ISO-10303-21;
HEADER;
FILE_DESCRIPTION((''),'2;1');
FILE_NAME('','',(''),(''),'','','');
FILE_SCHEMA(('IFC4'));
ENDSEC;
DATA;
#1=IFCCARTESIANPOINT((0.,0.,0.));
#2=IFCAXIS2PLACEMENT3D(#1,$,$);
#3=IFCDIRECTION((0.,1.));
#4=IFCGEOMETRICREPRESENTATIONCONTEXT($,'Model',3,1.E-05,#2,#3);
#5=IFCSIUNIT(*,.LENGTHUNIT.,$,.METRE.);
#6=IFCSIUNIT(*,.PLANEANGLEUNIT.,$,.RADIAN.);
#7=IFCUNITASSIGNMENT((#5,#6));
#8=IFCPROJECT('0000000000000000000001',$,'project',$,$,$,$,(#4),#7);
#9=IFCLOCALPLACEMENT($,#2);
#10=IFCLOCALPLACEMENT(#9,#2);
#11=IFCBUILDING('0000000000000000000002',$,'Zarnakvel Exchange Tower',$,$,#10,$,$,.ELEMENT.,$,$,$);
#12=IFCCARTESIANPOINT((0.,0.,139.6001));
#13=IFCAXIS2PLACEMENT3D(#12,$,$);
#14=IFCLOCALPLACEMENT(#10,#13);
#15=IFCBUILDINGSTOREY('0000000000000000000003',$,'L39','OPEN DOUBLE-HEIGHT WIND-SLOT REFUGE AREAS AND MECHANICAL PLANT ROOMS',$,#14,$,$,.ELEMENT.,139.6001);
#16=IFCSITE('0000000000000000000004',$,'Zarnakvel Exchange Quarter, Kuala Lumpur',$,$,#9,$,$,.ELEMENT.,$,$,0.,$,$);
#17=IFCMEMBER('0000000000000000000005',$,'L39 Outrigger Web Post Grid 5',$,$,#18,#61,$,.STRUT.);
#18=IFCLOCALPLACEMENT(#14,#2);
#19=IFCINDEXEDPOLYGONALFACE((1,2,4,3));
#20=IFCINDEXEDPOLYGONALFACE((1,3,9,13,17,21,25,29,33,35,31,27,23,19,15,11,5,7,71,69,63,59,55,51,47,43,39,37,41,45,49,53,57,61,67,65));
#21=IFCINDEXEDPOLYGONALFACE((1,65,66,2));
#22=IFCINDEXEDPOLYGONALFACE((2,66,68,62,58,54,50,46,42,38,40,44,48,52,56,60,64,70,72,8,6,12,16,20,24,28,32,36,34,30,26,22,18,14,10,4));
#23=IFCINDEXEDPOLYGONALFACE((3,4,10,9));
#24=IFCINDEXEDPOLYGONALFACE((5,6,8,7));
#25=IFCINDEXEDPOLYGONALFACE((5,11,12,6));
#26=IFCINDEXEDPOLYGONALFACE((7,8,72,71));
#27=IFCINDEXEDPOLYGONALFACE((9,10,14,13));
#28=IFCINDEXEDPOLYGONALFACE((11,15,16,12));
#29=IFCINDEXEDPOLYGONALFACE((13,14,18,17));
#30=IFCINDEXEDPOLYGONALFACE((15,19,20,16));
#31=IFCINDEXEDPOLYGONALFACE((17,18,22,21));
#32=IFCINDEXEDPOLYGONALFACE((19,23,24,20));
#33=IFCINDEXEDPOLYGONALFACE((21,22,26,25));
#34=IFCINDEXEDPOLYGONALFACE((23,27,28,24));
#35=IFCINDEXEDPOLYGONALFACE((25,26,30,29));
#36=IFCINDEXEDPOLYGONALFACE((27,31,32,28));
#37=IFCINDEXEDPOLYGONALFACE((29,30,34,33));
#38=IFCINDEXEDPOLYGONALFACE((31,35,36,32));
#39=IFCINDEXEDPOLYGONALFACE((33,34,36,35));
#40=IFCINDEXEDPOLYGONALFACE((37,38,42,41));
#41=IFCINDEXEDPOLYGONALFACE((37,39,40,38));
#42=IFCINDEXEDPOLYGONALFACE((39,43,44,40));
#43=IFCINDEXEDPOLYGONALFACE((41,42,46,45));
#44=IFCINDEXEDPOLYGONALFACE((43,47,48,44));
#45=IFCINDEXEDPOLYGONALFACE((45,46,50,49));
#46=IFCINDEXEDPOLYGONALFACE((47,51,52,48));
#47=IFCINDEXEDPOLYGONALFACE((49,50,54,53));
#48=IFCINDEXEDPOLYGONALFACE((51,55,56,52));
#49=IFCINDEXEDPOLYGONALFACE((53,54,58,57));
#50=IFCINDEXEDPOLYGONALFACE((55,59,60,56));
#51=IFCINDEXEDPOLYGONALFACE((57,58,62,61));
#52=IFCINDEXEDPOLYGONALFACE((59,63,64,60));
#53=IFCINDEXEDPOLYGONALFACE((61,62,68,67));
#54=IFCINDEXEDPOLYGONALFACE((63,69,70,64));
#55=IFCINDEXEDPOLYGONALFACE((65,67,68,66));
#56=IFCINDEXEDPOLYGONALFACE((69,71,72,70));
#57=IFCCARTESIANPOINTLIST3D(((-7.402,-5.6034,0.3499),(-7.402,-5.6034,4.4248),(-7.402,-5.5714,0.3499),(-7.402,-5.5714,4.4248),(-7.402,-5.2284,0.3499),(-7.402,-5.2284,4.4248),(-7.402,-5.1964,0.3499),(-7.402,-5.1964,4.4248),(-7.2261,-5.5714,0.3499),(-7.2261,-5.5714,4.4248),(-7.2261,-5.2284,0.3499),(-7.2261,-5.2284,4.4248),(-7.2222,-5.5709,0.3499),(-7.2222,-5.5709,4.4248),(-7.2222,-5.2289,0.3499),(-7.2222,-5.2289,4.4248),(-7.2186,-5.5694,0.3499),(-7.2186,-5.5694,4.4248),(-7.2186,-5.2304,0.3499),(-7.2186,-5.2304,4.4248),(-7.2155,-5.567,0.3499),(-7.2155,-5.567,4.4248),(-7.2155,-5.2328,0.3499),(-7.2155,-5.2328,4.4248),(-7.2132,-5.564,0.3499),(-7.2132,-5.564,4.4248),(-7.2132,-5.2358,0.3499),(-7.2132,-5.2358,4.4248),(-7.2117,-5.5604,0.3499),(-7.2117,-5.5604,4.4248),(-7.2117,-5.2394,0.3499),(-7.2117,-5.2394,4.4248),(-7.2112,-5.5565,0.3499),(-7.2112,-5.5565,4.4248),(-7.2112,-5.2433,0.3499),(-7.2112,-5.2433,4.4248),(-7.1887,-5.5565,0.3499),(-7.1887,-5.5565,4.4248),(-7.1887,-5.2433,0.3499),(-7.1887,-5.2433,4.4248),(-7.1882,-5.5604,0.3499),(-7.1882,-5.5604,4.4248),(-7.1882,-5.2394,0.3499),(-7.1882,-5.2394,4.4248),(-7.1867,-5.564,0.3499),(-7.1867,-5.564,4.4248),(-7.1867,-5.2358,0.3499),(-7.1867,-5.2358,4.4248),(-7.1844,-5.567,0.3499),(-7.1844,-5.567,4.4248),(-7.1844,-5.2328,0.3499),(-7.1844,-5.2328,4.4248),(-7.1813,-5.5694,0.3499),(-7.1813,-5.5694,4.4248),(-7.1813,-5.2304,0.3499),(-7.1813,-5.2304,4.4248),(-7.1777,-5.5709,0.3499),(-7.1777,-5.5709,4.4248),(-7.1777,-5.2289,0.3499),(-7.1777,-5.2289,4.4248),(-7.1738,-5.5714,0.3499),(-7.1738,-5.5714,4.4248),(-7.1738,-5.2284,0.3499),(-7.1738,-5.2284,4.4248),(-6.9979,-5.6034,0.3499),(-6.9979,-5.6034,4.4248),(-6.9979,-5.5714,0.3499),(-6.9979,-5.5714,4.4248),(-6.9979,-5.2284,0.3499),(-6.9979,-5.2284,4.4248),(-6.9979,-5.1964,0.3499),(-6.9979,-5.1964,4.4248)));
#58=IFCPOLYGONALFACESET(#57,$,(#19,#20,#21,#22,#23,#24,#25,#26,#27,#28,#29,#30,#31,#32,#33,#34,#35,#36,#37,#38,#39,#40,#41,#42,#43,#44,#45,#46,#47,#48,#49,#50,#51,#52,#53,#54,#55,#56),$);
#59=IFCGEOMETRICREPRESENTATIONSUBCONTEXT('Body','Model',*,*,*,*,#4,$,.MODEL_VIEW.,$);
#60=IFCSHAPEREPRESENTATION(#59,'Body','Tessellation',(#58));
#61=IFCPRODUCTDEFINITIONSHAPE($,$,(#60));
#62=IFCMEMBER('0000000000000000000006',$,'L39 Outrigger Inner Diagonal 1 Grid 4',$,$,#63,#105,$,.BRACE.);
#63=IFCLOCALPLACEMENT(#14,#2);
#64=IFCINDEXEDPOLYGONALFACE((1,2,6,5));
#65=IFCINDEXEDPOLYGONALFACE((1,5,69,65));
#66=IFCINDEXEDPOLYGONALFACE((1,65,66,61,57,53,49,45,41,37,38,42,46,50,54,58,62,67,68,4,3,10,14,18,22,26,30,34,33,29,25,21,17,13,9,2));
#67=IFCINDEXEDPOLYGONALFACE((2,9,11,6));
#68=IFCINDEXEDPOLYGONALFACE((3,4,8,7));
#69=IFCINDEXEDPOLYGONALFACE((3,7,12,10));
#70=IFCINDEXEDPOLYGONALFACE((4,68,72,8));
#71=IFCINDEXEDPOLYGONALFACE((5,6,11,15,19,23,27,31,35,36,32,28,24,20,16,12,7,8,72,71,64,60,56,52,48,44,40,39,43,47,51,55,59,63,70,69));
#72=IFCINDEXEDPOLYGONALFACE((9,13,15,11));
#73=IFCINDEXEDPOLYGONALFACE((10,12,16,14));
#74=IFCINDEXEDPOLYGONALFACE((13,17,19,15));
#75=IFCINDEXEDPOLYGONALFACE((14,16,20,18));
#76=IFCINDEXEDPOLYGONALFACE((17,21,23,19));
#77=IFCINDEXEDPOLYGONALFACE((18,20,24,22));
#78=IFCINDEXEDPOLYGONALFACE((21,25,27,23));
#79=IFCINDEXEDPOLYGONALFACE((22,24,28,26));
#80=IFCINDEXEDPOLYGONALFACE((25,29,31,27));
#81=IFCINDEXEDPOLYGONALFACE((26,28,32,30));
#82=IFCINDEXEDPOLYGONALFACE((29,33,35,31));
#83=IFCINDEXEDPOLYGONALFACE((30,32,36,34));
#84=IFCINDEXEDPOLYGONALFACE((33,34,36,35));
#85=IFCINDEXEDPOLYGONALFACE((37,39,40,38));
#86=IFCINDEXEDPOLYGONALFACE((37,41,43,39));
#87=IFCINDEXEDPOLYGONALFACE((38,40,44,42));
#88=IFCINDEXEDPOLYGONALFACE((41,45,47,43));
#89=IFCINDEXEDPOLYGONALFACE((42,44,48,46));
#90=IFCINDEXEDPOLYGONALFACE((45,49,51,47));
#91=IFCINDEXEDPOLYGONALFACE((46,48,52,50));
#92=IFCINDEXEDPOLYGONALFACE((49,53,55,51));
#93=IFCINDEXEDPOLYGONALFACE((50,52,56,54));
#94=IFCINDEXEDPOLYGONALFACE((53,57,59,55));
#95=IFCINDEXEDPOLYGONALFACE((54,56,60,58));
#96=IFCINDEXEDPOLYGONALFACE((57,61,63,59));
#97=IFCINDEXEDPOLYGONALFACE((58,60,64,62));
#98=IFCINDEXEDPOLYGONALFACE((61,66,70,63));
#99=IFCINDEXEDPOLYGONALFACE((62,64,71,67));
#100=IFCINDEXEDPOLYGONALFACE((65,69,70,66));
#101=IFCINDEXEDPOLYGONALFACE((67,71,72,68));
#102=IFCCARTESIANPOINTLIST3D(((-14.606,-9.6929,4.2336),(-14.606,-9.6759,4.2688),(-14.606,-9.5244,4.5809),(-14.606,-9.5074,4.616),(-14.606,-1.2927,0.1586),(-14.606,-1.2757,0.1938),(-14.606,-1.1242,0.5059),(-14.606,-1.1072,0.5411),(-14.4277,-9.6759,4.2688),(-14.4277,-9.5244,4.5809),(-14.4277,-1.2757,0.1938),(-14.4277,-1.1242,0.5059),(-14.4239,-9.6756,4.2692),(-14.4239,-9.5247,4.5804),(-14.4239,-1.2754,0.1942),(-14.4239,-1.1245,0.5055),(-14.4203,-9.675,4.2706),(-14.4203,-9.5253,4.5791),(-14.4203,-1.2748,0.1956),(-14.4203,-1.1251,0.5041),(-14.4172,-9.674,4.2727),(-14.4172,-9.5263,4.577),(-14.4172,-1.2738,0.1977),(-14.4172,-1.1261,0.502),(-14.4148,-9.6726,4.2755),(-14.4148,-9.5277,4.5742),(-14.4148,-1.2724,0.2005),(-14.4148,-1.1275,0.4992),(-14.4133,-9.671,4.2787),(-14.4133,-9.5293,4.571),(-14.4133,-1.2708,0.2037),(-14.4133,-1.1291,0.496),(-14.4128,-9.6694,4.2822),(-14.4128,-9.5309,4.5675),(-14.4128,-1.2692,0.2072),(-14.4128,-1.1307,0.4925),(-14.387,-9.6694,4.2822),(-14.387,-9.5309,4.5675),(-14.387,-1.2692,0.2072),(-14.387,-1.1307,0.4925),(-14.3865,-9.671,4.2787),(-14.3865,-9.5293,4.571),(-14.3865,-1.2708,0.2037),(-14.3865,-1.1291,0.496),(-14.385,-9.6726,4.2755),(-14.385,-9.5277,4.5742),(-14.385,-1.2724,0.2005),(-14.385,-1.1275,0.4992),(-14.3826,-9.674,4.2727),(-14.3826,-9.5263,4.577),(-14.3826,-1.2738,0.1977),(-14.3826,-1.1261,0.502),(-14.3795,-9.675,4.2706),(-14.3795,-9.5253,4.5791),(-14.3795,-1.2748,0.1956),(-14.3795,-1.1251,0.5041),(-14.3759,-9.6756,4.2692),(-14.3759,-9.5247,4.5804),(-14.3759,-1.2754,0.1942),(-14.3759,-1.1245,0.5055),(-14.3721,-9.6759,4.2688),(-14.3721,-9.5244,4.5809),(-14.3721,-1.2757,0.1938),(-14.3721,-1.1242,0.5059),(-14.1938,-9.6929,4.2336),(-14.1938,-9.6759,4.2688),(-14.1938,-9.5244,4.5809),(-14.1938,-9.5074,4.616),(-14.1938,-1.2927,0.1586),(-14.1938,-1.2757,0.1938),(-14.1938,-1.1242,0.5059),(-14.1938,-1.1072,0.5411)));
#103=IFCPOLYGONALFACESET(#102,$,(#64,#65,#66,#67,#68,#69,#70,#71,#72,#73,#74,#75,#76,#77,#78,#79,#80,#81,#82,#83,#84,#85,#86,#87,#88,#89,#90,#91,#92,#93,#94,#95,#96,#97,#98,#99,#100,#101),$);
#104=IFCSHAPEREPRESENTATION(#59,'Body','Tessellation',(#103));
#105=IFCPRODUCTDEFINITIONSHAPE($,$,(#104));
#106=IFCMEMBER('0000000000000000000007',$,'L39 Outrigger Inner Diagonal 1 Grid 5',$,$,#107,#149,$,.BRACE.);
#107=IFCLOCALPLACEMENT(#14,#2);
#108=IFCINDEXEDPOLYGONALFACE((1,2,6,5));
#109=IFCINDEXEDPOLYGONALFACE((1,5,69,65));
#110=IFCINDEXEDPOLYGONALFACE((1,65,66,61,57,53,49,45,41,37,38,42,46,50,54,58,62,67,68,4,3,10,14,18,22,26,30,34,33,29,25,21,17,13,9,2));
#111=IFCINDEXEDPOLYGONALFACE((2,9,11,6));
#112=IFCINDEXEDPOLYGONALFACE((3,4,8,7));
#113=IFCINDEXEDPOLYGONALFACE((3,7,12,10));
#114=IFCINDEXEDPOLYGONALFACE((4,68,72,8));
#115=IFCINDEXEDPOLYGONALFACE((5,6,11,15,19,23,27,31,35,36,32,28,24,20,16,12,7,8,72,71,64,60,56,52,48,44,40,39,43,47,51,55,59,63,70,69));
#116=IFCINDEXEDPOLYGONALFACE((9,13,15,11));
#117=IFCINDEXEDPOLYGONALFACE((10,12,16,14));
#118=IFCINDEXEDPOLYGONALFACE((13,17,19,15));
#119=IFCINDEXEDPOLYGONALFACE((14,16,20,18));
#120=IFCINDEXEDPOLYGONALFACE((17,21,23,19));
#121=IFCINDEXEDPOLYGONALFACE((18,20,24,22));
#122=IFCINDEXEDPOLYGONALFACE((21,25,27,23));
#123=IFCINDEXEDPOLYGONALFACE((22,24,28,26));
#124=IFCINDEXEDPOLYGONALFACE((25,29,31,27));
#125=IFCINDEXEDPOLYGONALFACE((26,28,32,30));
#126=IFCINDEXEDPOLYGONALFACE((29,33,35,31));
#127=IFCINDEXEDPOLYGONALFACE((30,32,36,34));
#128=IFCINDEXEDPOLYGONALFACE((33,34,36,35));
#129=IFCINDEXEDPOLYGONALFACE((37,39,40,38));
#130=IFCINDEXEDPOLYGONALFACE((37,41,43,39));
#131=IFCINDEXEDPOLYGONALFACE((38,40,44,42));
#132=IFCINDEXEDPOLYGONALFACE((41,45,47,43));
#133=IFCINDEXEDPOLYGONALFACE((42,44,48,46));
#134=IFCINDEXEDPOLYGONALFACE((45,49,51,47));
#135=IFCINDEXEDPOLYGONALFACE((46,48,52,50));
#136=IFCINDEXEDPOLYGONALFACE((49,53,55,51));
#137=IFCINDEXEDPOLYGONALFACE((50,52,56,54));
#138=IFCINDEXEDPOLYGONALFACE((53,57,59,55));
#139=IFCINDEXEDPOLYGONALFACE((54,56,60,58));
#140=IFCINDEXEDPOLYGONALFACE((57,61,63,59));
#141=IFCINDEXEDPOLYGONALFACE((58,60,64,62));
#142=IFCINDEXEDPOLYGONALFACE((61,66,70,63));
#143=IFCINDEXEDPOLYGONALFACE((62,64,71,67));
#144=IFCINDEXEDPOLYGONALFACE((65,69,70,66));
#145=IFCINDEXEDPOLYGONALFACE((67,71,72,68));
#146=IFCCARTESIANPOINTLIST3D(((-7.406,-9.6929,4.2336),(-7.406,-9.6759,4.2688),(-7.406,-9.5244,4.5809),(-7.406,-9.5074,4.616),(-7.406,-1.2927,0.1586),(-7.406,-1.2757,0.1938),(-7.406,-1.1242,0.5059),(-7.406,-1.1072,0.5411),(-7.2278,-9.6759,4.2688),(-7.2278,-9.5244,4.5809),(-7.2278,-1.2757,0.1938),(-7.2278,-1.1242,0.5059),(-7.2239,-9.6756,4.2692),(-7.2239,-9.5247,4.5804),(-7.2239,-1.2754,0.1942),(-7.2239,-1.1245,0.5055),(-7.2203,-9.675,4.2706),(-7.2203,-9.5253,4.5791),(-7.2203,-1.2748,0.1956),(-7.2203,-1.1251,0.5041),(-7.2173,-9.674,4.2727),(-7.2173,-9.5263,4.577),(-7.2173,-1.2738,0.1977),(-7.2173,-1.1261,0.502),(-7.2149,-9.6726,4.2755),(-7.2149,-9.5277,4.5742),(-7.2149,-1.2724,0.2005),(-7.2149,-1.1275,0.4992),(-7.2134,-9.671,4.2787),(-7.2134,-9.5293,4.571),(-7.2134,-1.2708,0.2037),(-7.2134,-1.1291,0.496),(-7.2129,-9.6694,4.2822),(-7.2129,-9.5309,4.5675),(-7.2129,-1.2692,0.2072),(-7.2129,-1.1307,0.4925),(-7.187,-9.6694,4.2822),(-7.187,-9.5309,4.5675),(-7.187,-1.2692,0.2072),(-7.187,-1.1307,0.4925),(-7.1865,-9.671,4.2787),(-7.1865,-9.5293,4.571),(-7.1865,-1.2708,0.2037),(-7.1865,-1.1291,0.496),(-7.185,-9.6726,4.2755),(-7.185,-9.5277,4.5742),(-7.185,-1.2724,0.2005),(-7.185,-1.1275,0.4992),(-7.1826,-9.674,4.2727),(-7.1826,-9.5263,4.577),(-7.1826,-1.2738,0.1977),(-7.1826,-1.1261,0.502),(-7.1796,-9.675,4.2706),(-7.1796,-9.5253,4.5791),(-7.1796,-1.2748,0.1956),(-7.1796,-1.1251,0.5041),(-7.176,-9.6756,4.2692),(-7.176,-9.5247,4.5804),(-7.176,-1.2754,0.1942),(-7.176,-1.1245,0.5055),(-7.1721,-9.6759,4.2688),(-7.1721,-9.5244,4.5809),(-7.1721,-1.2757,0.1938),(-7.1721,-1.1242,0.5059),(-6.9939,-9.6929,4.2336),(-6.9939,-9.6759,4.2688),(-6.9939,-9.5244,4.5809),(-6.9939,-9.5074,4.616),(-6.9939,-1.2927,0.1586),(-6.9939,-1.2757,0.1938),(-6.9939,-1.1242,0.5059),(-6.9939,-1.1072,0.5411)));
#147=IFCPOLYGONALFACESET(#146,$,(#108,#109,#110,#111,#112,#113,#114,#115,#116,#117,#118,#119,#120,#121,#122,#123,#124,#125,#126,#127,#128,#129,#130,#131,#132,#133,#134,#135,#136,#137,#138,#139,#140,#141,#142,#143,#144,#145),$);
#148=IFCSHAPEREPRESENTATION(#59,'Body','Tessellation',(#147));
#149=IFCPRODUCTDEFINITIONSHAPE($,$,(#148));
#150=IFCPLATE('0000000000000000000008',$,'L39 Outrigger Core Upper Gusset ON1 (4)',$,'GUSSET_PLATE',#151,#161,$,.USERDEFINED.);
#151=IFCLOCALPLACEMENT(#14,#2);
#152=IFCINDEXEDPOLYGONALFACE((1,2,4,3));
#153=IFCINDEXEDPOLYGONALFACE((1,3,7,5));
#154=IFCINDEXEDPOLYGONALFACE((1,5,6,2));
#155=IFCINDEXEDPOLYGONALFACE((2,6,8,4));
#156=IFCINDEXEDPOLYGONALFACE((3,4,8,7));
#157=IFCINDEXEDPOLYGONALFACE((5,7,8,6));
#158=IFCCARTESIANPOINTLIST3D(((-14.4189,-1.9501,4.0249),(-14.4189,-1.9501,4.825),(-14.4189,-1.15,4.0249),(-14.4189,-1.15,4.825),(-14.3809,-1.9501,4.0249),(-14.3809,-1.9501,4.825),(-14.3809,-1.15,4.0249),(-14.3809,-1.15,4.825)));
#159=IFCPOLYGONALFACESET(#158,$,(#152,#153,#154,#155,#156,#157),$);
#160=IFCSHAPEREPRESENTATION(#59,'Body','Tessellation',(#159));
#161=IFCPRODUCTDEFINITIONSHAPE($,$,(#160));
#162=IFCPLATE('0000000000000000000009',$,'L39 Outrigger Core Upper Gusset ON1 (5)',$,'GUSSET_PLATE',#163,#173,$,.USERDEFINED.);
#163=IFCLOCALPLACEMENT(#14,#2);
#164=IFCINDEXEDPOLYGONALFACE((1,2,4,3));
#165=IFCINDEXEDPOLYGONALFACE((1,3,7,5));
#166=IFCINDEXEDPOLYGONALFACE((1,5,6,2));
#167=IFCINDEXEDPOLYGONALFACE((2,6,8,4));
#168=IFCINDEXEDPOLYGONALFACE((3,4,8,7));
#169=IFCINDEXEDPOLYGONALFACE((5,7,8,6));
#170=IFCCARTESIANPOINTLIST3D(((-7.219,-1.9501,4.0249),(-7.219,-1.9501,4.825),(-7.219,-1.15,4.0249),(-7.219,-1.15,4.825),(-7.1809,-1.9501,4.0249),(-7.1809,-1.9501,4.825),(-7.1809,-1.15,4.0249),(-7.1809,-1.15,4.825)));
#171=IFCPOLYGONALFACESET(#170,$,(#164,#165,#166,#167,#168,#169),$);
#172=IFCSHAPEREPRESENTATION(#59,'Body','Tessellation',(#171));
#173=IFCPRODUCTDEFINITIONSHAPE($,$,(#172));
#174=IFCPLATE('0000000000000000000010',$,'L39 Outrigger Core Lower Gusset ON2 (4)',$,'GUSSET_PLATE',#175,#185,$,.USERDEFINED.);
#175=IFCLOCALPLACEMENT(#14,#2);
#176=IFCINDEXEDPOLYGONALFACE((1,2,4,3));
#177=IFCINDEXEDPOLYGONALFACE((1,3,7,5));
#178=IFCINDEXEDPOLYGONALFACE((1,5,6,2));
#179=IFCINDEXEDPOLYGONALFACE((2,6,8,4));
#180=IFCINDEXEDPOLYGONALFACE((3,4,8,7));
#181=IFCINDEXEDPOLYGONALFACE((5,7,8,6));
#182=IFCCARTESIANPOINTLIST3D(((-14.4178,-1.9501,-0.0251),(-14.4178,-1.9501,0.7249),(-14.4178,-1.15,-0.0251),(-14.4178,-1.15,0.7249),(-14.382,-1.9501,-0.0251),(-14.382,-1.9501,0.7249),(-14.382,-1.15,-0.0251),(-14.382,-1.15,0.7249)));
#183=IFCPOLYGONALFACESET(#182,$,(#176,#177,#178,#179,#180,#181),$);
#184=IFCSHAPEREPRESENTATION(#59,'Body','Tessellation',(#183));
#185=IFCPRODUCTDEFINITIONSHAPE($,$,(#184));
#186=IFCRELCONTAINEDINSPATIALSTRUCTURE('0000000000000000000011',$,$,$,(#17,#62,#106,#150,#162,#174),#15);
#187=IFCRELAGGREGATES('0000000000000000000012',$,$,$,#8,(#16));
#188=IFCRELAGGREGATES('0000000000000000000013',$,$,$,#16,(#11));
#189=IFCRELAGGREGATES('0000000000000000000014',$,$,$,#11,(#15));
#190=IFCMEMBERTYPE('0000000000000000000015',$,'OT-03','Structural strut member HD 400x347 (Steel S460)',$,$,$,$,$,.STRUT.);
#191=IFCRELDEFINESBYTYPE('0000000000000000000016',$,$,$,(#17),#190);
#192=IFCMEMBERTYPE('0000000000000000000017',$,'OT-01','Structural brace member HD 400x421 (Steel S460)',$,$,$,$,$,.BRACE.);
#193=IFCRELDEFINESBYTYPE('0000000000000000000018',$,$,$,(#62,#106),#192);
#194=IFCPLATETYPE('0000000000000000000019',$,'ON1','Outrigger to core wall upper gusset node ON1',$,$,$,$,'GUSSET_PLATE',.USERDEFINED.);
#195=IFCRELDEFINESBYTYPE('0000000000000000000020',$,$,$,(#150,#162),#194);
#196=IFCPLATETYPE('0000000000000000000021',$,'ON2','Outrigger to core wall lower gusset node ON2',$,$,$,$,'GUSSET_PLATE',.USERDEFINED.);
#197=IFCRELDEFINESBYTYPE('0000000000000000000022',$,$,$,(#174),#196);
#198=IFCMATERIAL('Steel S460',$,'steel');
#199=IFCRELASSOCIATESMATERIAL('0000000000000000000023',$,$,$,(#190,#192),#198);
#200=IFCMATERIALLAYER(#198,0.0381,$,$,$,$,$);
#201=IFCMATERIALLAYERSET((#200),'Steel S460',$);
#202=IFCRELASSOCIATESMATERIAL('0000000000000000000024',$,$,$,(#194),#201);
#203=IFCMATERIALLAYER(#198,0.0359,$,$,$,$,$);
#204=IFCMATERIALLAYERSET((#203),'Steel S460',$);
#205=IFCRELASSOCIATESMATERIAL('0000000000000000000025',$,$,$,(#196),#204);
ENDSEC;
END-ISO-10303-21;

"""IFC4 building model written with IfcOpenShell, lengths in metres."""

from ifc_helpers import new_model, si_unit, direction, frame, origin, origin_2d, place, context, subcontext, project, spatial, rectangle, i_section, extrude, source, transform, mapped, material, layer, layer_set, material_profile, profile_set, type_object, element, save


model = new_model("IFC4")

# Units and contexts
model_context = context("Model", 3, precision=1e-05, world=origin(), true_north=direction((0.0, 1.0)))
body_context = subcontext(model_context, "Body", "Model", "MODEL_VIEW")
ifc_project = project(units=[si_unit("LENGTHUNIT", "METRE"), si_unit("PLANEANGLEUNIT", "RADIAN")], contexts=[model_context])

# Site, building, storey
site_placement = place(None, origin())
site = spatial("IfcSite", under=ifc_project, at=site_placement, Name="Zarnakvel Exchange Quarter, Kuala Lumpur", CompositionType="ELEMENT", RefElevation=0.0)
building_placement = place(site_placement, origin())
building = spatial("IfcBuilding", under=site, at=building_placement, Name="Zarnakvel Exchange Tower", CompositionType="ELEMENT")
storey_placement = place(building_placement, frame((0.0, 0.0, 139.6001)))
storey = spatial("IfcBuildingStorey", under=building, at=storey_placement, Name="L39", Description="OPEN DOUBLE-HEIGHT WIND-SLOT REFUGE AREAS AND MECHANICAL PLANT ROOMS", CompositionType="ELEMENT", Elevation=139.6001)

# Members
ifc_material_1 = material(Name="Steel S460", Category="steel")
ifc_material_profile_1 = material_profile(ifc_material_1, i_section(OverallWidth=0.4041, OverallDepth=0.407, WebThickness=0.0225, FlangeThickness=0.032, FilletRadius=0.0149, at=origin_2d()))
ifc_profile_set_1 = profile_set([ifc_material_profile_1], Name="Steel S460")
member_type_1 = type_object("IfcMemberType", Name="OT-03", Description="Structural strut member HD 400x347 (Steel S460)", PredefinedType="STRUT", material=ifc_profile_set_1)
shared_shape_1 = source(origin(), body_context, "Body", "SweptSolid", [
    extrude(i_section(OverallWidth=0.4041, OverallDepth=0.407, WebThickness=0.0225, FlangeThickness=0.032, FilletRadius=0.0149, at=origin_2d()), origin(), (0.0, 0.0, 1.0), 4.075),
])
for number, where, z_axis, x_axis, name in (
    (1, (-7.2, -5.3999, 0.3499), (0.0, 0.0, 1.0), (1.0, 0.0, 0.0), "L39 Outrigger Web Post Grid 5"),
):
    element("IfcMember", number, at=place(storey_placement, frame(where, z_axis=z_axis, x_axis=x_axis)), inside=storey, type_object=member_type_1, Name=name, PredefinedType="STRUT", context=body_context, shape_type="MappedRepresentation", body=[
        mapped(shared_shape_1, transform((0.0, 0.0, 0.0), x_axis=(1.0, 0.0, 0.0), y_axis=(0.0, 1.0, 0.0), z_axis=(0.0, 0.0, 1.0), scale=1.0)),
    ])
ifc_material_profile_2 = material_profile(ifc_material_1, i_section(OverallWidth=0.4121, OverallDepth=0.425, WebThickness=0.0259, FlangeThickness=0.0391, FilletRadius=0.0149, at=origin_2d()))
ifc_profile_set_2 = profile_set([ifc_material_profile_2], Name="Steel S460")
member_type_2 = type_object("IfcMemberType", Name="OT-01", Description="Structural brace member HD 400x421 (Steel S460)", PredefinedType="BRACE", material=ifc_profile_set_2)
shared_shape_2 = source(origin(), body_context, "Body", "SweptSolid", [
    extrude(i_section(OverallWidth=0.4121, OverallDepth=0.425, WebThickness=0.0259, FlangeThickness=0.0391, FilletRadius=0.0149, at=origin_2d()), origin(), (0.0, 0.0, 1.0), 9.3364),
])
for number, where, z_axis, x_axis, name in (
    (2, (-14.3999, -1.2, 0.3499), (0.0, -0.899724, 0.43646), (1.0, 0.0, 0.0), "L39 Outrigger Inner Diagonal 1 Grid 4"),
    (3, (-7.2, -1.2, 0.3499), (0.0, -0.899724, 0.43646), (1.0, 0.0, 0.0), "L39 Outrigger Inner Diagonal 1 Grid 5"),
):
    element("IfcMember", number, at=place(storey_placement, frame(where, z_axis=z_axis, x_axis=x_axis)), inside=storey, type_object=member_type_2, Name=name, PredefinedType="BRACE", context=body_context, shape_type="MappedRepresentation", body=[
        mapped(shared_shape_2, transform((0.0, 0.0, 0.0), x_axis=(1.0, 0.0, 0.0), y_axis=(0.0, 1.0, 0.0), z_axis=(0.0, 0.0, 1.0), scale=1.0)),
    ])

# Plates
ifc_layer_1 = layer(ifc_material_1, 0.0381)
ifc_layer_set_1 = layer_set([ifc_layer_1], Name="Steel S460")
plate_type_1 = type_object("IfcPlateType", Name="ON1", Description="Outrigger to core wall upper gusset node ON1", ElementType="GUSSET_PLATE", PredefinedType="USERDEFINED", material=ifc_layer_set_1)
shared_shape_3 = source(origin(), body_context, "Body", "SweptSolid", [
    extrude(rectangle(XDim=0.0381, YDim=0.8, at=origin_2d()), origin(), (0.0, 0.0, 1.0), 0.8),
])
for number, where, z_axis, x_axis, name in (
    (4, (-14.3999, -1.55, 4.0249), (0.0, 0.0, 1.0), (1.0, 0.0, 0.0), "L39 Outrigger Core Upper Gusset ON1 (4)"),
    (5, (-7.2, -1.55, 4.0249), (0.0, 0.0, 1.0), (1.0, 0.0, 0.0), "L39 Outrigger Core Upper Gusset ON1 (5)"),
):
    element("IfcPlate", number, at=place(storey_placement, frame(where, z_axis=z_axis, x_axis=x_axis)), inside=storey, type_object=plate_type_1, Name=name, ObjectType="GUSSET_PLATE", PredefinedType="USERDEFINED", context=body_context, shape_type="MappedRepresentation", body=[
        mapped(shared_shape_3, transform((0.0, 0.0, 0.0), x_axis=(1.0, 0.0, 0.0), y_axis=(0.0, 1.0, 0.0), z_axis=(0.0, 0.0, 1.0), scale=1.0)),
    ])
ifc_layer_2 = layer(ifc_material_1, 0.0359)
ifc_layer_set_2 = layer_set([ifc_layer_2], Name="Steel S460")
plate_type_2 = type_object("IfcPlateType", Name="ON2", Description="Outrigger to core wall lower gusset node ON2", ElementType="GUSSET_PLATE", PredefinedType="USERDEFINED", material=ifc_layer_set_2)
shared_shape_4 = source(origin(), body_context, "Body", "SweptSolid", [
    extrude(rectangle(XDim=0.0359, YDim=0.8, at=origin_2d()), origin(), (0.0, 0.0, 1.0), 0.75),
])
for number, where, z_axis, x_axis, name in (
    (6, (-14.3999, -1.55, -0.0251), (0.0, 0.0, 1.0), (1.0, 0.0, 0.0), "L39 Outrigger Core Lower Gusset ON2 (4)"),
):
    element("IfcPlate", number, at=place(storey_placement, frame(where, z_axis=z_axis, x_axis=x_axis)), inside=storey, type_object=plate_type_2, Name=name, ObjectType="GUSSET_PLATE", PredefinedType="USERDEFINED", context=body_context, shape_type="MappedRepresentation", body=[
        mapped(shared_shape_4, transform((0.0, 0.0, 0.0), x_axis=(1.0, 0.0, 0.0), y_axis=(0.0, 1.0, 0.0), z_axis=(0.0, 0.0, 1.0), scale=1.0)),
    ])

save(model, "model.ifc")
